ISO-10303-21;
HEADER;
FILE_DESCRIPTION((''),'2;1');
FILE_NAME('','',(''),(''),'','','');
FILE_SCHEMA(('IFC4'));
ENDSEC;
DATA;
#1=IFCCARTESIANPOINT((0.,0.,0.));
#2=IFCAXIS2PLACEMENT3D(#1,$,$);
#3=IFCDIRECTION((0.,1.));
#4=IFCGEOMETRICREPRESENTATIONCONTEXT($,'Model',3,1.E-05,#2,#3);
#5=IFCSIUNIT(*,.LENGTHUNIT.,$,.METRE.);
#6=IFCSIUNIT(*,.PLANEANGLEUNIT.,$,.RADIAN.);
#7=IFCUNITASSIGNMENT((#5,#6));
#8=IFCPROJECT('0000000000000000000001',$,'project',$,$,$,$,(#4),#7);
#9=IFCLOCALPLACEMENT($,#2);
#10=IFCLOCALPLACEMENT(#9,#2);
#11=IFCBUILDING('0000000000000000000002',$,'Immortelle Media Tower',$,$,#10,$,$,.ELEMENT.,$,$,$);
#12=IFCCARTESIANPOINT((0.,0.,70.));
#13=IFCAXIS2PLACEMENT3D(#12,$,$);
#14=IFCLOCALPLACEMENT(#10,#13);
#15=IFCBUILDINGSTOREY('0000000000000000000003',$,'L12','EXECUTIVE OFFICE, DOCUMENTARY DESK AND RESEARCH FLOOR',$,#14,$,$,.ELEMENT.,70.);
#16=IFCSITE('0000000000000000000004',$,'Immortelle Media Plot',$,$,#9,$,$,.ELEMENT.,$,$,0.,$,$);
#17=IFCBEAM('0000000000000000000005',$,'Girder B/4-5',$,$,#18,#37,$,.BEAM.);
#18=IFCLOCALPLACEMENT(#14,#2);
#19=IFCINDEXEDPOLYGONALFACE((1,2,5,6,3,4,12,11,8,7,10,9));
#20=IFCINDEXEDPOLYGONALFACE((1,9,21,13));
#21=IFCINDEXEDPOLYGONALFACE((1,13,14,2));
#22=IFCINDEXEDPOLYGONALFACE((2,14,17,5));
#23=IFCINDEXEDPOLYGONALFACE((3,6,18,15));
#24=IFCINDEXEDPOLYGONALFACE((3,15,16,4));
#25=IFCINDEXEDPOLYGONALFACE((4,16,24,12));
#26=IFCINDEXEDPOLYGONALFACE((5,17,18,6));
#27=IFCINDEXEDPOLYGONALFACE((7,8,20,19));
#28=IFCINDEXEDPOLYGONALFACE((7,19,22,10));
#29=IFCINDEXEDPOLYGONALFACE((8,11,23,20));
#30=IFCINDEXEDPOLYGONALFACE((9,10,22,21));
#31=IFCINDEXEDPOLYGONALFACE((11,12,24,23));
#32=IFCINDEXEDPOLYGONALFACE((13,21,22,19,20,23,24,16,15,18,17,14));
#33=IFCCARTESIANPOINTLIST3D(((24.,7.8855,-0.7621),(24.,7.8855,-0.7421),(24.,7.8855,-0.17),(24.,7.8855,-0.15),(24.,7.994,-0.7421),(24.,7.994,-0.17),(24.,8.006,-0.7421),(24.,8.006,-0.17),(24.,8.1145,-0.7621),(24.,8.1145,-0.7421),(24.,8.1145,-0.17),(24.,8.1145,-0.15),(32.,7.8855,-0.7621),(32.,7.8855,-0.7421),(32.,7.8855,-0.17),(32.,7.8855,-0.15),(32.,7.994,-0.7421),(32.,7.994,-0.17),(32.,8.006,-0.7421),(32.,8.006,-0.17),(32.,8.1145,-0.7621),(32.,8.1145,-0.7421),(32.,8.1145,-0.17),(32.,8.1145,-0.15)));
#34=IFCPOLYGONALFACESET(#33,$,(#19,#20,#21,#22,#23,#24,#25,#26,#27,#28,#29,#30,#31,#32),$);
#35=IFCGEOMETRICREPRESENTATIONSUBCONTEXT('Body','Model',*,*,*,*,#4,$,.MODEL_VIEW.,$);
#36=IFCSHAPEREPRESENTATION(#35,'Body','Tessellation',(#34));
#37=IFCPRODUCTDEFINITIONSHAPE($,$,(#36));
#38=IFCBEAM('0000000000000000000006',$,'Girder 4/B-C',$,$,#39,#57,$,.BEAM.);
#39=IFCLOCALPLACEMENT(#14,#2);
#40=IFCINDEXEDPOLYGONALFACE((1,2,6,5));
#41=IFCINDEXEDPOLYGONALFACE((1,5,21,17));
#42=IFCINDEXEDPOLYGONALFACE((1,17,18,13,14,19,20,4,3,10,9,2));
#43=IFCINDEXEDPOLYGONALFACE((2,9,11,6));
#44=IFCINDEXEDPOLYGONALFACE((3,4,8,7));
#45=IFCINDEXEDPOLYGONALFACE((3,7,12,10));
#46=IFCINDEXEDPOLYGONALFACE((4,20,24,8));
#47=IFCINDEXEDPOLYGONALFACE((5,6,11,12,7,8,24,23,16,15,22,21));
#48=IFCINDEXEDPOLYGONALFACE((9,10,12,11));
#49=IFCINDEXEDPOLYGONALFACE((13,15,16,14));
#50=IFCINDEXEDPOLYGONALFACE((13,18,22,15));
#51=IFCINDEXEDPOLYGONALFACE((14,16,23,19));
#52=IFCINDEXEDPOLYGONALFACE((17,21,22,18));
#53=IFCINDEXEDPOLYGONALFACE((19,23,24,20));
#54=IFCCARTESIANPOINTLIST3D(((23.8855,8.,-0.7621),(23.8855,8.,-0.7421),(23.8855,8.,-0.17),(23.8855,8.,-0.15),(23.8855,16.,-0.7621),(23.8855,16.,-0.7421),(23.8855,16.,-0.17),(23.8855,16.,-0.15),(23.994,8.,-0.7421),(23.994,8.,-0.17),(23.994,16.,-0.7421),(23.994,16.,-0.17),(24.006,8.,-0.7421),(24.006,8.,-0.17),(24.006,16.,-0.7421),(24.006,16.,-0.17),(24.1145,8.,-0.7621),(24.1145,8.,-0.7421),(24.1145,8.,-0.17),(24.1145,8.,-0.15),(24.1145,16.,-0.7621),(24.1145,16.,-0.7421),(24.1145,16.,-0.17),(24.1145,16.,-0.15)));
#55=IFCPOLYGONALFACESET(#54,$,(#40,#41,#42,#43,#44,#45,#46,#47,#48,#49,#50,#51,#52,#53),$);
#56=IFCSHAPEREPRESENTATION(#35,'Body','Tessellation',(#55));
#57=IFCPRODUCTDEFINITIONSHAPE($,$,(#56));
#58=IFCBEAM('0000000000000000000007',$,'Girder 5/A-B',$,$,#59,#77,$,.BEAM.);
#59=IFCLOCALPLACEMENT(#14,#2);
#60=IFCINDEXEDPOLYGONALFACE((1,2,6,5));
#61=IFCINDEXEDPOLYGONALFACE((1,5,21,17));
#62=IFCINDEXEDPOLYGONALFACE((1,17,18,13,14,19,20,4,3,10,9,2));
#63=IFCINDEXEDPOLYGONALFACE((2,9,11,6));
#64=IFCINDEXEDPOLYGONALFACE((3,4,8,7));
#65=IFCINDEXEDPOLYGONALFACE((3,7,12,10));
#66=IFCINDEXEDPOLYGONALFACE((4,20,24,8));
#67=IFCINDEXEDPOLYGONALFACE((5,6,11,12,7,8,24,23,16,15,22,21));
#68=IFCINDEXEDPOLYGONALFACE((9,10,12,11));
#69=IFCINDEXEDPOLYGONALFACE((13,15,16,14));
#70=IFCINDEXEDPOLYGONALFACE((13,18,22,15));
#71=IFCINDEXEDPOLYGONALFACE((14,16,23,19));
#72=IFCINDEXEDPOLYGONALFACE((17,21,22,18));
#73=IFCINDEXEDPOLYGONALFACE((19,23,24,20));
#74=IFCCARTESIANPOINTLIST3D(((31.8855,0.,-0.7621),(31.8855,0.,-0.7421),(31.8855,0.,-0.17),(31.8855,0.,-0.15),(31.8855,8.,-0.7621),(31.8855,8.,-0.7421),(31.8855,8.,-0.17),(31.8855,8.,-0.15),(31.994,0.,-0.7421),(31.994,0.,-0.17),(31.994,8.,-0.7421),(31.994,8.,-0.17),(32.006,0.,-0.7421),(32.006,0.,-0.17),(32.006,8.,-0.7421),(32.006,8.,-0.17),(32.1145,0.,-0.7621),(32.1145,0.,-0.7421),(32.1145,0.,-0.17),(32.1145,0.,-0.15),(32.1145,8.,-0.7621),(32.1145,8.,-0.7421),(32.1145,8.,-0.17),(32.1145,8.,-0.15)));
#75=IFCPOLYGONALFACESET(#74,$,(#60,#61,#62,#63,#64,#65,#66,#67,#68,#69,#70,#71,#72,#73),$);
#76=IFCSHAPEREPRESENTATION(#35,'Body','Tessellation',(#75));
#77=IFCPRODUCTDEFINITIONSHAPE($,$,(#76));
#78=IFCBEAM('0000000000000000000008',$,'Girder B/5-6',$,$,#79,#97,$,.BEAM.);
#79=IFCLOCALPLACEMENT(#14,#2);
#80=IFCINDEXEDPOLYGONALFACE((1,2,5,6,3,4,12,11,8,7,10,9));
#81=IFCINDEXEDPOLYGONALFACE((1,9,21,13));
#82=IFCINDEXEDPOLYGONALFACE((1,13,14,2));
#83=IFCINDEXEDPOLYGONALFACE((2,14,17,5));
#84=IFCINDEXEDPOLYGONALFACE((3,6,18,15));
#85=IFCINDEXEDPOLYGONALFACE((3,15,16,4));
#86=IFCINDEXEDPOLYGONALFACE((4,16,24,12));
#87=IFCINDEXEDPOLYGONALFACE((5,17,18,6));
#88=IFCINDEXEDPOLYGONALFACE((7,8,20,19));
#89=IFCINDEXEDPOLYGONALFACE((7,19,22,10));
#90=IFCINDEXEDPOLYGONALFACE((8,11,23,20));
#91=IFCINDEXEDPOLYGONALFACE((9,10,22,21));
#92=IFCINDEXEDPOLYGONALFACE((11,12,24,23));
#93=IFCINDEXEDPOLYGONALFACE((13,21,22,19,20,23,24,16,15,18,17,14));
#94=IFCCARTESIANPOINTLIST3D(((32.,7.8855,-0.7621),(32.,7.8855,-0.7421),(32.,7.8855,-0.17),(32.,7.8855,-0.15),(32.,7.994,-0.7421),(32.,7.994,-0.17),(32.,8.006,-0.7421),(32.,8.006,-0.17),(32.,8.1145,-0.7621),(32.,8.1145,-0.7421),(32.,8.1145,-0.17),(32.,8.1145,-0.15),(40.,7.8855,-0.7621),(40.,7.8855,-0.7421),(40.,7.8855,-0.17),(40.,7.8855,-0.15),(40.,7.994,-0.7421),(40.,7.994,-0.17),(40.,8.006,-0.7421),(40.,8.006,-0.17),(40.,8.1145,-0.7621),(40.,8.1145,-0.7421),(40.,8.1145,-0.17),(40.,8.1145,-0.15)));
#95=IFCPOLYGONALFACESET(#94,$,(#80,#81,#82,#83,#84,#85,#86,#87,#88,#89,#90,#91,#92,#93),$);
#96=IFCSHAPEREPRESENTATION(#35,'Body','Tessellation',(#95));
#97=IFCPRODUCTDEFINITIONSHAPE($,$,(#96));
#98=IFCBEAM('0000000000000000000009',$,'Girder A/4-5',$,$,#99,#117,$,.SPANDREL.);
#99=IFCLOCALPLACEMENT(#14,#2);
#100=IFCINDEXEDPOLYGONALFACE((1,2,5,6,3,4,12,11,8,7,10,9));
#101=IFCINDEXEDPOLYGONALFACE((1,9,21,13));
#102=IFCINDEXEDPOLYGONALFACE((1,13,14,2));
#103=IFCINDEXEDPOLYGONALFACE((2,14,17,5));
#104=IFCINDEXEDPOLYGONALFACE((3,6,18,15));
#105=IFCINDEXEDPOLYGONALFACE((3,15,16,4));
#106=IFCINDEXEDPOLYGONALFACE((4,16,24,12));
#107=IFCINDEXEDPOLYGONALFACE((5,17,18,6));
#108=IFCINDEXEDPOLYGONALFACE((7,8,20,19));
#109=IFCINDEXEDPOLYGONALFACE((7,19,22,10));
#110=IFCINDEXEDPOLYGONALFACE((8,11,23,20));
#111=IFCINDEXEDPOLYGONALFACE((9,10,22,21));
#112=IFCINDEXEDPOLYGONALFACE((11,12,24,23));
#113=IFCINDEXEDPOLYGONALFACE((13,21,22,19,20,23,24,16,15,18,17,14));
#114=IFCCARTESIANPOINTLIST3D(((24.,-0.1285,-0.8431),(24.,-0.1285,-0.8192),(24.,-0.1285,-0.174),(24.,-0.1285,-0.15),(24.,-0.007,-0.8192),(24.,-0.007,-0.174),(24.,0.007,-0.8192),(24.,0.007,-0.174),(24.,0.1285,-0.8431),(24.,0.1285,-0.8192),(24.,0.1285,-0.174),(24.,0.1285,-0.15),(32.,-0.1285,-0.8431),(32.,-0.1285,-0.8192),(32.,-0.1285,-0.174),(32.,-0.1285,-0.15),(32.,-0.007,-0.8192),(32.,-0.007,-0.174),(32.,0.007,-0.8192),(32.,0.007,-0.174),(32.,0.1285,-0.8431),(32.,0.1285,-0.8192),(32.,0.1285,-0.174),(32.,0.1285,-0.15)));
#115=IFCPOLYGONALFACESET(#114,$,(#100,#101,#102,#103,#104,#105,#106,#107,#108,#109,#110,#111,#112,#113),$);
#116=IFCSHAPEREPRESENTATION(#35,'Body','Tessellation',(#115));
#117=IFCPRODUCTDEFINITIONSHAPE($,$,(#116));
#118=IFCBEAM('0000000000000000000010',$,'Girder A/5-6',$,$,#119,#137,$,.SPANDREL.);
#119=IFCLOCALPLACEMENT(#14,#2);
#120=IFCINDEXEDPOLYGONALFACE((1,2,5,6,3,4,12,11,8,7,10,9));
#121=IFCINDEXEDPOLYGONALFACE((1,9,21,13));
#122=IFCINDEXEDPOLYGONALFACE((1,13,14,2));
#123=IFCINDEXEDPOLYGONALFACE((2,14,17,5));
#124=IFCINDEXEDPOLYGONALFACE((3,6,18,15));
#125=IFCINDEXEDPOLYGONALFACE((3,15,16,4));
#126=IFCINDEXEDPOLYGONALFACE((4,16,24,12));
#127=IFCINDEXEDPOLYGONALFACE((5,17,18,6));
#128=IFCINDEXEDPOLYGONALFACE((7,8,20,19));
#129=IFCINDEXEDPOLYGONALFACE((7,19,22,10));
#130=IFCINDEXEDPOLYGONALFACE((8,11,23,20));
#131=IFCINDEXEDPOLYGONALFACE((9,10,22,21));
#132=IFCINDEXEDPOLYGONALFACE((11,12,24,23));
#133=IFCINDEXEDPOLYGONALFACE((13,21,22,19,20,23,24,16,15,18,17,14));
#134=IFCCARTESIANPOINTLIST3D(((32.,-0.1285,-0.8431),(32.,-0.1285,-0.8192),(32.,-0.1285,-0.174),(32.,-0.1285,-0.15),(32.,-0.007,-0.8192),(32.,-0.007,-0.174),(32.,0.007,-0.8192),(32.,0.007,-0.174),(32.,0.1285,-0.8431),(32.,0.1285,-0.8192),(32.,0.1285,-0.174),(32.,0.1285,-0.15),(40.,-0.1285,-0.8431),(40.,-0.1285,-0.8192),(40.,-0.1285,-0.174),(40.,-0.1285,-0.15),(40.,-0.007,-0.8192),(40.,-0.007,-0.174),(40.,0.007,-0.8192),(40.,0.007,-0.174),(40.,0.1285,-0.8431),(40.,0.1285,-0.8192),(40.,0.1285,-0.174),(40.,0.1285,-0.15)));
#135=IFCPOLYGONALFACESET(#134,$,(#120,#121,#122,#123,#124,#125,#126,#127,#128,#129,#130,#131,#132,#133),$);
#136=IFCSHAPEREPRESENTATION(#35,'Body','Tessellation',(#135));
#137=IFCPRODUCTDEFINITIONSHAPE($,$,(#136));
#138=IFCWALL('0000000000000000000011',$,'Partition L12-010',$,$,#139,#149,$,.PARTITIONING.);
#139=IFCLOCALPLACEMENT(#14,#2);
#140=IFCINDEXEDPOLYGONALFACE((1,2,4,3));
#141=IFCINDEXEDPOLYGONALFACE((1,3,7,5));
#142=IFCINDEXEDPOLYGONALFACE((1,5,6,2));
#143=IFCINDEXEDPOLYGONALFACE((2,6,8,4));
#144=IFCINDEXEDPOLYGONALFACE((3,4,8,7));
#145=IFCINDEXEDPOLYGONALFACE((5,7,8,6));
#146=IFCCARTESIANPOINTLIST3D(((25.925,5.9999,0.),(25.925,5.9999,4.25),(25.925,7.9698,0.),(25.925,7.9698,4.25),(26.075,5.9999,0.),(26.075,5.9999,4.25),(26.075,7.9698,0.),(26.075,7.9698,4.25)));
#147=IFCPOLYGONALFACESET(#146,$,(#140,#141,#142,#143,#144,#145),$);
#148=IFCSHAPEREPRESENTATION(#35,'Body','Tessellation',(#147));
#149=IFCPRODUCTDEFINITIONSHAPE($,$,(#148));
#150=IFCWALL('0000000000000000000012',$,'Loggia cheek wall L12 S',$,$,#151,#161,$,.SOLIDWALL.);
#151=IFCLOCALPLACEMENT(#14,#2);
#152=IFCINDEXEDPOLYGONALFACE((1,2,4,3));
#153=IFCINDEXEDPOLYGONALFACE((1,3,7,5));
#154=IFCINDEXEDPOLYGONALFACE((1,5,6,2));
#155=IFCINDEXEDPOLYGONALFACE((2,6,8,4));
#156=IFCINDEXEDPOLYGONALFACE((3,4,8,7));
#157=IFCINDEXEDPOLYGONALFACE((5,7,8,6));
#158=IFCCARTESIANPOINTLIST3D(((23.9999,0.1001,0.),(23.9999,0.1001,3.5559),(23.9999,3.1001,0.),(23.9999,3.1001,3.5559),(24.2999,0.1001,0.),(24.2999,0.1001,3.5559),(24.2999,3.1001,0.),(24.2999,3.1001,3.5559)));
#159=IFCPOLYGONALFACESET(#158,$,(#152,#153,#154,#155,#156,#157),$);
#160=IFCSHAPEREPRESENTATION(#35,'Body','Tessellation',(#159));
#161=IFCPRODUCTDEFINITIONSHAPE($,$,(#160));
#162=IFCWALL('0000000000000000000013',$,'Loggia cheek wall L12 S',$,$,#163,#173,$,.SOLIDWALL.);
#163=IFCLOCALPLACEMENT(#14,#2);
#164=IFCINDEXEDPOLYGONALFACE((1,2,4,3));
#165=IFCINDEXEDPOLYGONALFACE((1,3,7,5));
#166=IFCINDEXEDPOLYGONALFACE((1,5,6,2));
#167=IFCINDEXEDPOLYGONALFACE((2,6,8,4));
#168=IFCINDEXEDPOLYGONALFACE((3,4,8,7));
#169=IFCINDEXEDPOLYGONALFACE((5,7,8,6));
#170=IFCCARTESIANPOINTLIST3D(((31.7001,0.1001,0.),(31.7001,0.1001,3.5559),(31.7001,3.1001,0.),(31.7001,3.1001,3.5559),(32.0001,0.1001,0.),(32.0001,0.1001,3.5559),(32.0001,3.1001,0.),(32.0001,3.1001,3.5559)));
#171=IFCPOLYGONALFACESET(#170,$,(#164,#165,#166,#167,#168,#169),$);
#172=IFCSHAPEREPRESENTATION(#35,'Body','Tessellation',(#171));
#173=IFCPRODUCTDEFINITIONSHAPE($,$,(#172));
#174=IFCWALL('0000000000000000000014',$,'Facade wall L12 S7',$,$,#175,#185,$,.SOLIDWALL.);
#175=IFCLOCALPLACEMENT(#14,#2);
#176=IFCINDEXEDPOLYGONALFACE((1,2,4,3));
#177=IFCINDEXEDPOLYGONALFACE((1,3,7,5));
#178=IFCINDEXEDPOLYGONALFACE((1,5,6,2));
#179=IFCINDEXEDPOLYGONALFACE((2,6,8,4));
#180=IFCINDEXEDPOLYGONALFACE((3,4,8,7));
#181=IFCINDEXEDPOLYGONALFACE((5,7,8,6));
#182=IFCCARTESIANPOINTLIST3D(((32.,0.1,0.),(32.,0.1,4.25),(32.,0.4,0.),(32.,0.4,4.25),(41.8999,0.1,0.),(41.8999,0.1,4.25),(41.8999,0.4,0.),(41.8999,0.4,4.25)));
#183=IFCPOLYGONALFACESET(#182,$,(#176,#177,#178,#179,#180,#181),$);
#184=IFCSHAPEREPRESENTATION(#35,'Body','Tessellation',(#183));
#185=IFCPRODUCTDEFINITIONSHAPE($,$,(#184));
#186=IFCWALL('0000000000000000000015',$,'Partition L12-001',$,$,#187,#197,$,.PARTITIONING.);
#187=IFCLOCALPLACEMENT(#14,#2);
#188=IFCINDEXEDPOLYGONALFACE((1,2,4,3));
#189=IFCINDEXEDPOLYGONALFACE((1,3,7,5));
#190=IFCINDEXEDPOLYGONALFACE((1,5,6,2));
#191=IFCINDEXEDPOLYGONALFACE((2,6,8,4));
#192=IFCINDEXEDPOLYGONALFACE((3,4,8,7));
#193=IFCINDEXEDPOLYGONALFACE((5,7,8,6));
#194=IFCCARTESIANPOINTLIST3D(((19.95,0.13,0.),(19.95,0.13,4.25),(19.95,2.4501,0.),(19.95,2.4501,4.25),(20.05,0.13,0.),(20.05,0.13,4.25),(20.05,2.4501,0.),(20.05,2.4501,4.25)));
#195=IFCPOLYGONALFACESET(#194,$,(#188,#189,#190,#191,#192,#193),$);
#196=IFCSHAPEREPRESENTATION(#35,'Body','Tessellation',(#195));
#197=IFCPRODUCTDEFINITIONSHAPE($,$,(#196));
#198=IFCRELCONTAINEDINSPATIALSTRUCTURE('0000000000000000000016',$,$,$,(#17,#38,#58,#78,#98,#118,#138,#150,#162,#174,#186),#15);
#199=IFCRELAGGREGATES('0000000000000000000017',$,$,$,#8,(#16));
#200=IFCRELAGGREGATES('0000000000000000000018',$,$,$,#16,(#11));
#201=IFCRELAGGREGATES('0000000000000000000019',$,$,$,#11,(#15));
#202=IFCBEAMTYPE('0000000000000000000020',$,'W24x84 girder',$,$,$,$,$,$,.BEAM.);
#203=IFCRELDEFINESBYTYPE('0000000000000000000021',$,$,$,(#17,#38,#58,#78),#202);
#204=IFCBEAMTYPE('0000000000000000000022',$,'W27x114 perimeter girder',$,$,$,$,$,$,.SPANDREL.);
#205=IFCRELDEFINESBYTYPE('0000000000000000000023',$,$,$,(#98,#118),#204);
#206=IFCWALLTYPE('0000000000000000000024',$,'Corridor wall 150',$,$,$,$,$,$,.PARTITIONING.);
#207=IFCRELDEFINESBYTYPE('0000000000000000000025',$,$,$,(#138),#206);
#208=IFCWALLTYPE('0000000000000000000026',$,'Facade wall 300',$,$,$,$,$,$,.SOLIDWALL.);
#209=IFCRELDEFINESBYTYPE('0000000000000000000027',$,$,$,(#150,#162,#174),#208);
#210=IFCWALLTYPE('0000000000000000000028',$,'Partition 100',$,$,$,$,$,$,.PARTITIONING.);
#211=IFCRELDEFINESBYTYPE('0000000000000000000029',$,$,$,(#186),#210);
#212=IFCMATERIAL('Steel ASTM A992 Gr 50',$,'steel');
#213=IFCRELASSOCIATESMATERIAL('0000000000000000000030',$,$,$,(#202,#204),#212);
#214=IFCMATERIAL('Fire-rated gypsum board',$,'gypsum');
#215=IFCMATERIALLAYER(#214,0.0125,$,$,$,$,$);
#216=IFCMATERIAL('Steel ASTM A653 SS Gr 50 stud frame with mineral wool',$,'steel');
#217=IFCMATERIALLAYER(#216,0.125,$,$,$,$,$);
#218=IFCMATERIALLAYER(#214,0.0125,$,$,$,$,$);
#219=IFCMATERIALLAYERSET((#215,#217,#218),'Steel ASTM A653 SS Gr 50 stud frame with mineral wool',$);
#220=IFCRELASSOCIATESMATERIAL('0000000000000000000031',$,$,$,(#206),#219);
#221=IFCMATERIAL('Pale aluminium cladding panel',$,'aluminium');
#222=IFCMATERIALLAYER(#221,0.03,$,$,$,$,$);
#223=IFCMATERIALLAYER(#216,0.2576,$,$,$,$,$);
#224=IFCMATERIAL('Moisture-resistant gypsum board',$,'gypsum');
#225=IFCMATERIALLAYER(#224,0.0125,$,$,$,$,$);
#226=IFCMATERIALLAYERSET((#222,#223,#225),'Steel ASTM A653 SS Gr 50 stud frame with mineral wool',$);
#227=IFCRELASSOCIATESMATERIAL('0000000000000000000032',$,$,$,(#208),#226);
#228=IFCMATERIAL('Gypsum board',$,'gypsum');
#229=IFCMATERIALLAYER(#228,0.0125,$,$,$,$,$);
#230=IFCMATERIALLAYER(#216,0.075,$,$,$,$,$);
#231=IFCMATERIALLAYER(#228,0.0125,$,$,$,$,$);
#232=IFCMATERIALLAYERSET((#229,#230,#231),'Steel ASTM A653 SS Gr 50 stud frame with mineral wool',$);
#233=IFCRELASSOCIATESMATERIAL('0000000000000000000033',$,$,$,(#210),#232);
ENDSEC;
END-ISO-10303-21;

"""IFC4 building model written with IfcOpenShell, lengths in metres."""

from ifc_helpers import new_model, si_unit, direction, frame, frame_2d, origin, origin_2d, place, context, subcontext, project, spatial, rectangle, i_section, extrude, material, layer, layer_set, material_profile, profile_set, type_object, element, save


model = new_model("IFC4")

# Units and contexts
model_context = context("Model", 3, precision=1e-05, world=origin(), true_north=direction((0.0, 1.0)))
body_context = subcontext(model_context, "Body", "Model", "MODEL_VIEW")
ifc_project = project(units=[si_unit("LENGTHUNIT", "METRE"), si_unit("PLANEANGLEUNIT", "RADIAN")], contexts=[model_context])

# Site, building, storey
site_placement = place(None, origin())
site = spatial("IfcSite", under=ifc_project, at=site_placement, Name="Immortelle Media Plot", CompositionType="ELEMENT", RefElevation=0.0)
building_placement = place(site_placement, origin())
building = spatial("IfcBuilding", under=site, at=building_placement, Name="Immortelle Media Tower", CompositionType="ELEMENT")
storey_placement = place(building_placement, frame((0.0, 0.0, 70.0)))
storey = spatial("IfcBuildingStorey", under=building, at=storey_placement, Name="L12", Description="EXECUTIVE OFFICE, DOCUMENTARY DESK AND RESEARCH FLOOR", CompositionType="ELEMENT", Elevation=70.0)

# Shared definitions
ifc_material_1 = material(Name="Steel ASTM A992 Gr 50", Category="steel")

# Beams
ifc_material_profile_1 = material_profile(ifc_material_1, i_section(OverallWidth=0.229, OverallDepth=0.6121, WebThickness=0.012, FlangeThickness=0.02, at=origin_2d()), Name="W24x84")
ifc_profile_set_1 = profile_set([ifc_material_profile_1], Name="Steel ASTM A992 Gr 50")
beam_type_1 = type_object("IfcBeamType", Name="W24x84 girder", PredefinedType="BEAM", material=ifc_profile_set_1)
for number, where, z_axis, x_axis, name in (
    (1, (24.0, 8.0, -0.4561), (1.0, 0.0, 0.0), (0.0, 1.0, 0.0), "Girder B/4-5"),
    (2, (24.0, 8.0, -0.4561), (0.0, 1.0, 0.0), (-1.0, 0.0, 0.0), "Girder 4/B-C"),
    (3, (32.0, 0.0, -0.4561), (0.0, 1.0, 0.0), (-1.0, 0.0, 0.0), "Girder 5/A-B"),
    (4, (32.0, 8.0, -0.4561), (1.0, 0.0, 0.0), (0.0, 1.0, 0.0), "Girder B/5-6"),
):
    element("IfcBeam", number, at=place(storey_placement, frame(where, z_axis=z_axis, x_axis=x_axis)), inside=storey, type_object=beam_type_1, Name=name, PredefinedType="BEAM", context=body_context, shape_type="SweptSolid", body=[
        extrude(i_section(OverallWidth=0.229, OverallDepth=0.6121, WebThickness=0.012, FlangeThickness=0.02, at=origin_2d()), origin(), (0.0, 0.0, 1.0), 8.0),
    ])
ifc_material_profile_2 = material_profile(ifc_material_1, i_section(OverallWidth=0.2571, OverallDepth=0.6931, WebThickness=0.0139, FlangeThickness=0.0239, at=origin_2d()), Name="W27x114")
ifc_profile_set_2 = profile_set([ifc_material_profile_2], Name="Steel ASTM A992 Gr 50")
beam_type_2 = type_object("IfcBeamType", Name="W27x114 perimeter girder", PredefinedType="SPANDREL", material=ifc_profile_set_2)
for number, where, z_axis, x_axis, name in (
    (5, (24.0, 0.0, -0.4966), (1.0, 0.0, 0.0), (0.0, 1.0, 0.0), "Girder A/4-5"),
    (6, (32.0, 0.0, -0.4966), (1.0, 0.0, 0.0), (0.0, 1.0, 0.0), "Girder A/5-6"),
):
    element("IfcBeam", number, at=place(storey_placement, frame(where, z_axis=z_axis, x_axis=x_axis)), inside=storey, type_object=beam_type_2, Name=name, PredefinedType="SPANDREL", context=body_context, shape_type="SweptSolid", body=[
        extrude(i_section(OverallWidth=0.2571, OverallDepth=0.6931, WebThickness=0.0139, FlangeThickness=0.0239, at=origin_2d()), origin(), (0.0, 0.0, 1.0), 8.0),
    ])

# Wall
ifc_material_2 = material(Name="Fire-rated gypsum board", Category="gypsum")
ifc_layer_1 = layer(ifc_material_2, 0.0125)
ifc_material_3 = material(Name="Steel ASTM A653 SS Gr 50 stud frame with mineral wool", Category="steel")
ifc_layer_2 = layer(ifc_material_3, 0.125)
ifc_layer_3 = layer(ifc_material_2, 0.0125)
ifc_layer_set_1 = layer_set([ifc_layer_1, ifc_layer_2, ifc_layer_3], Name="Steel ASTM A653 SS Gr 50 stud frame with mineral wool")
wall_type_1 = type_object("IfcWallType", Name="Corridor wall 150", PredefinedType="PARTITIONING", material=ifc_layer_set_1)
wall_1_placement = place(storey_placement, frame((26.0, 6.0, 0.0), z_axis=(0.0, 0.0, 1.0), x_axis=(0.0, 1.0, 0.0)))
element("IfcWall", 7, at=wall_1_placement, inside=storey, type_object=wall_type_1, Name="Partition L12-010", PredefinedType="PARTITIONING", context=body_context, shape_type="SweptSolid", body=[
    extrude(rectangle(XDim=1.97, YDim=0.1499, at=frame_2d((0.9849, 0.0))), origin(), (0.0, 0.0, 1.0), 4.25),
])

# Shared definitions
ifc_material_4 = material(Name="Pale aluminium cladding panel", Category="aluminium")
ifc_layer_4 = layer(ifc_material_4, 0.03)
ifc_layer_5 = layer(ifc_material_3, 0.2576)
ifc_material_5 = material(Name="Moisture-resistant gypsum board", Category="gypsum")
ifc_layer_6 = layer(ifc_material_5, 0.0125)
ifc_layer_set_2 = layer_set([ifc_layer_4, ifc_layer_5, ifc_layer_6], Name="Steel ASTM A653 SS Gr 50 stud frame with mineral wool")
wall_type_2 = type_object("IfcWallType", Name="Facade wall 300", PredefinedType="SOLIDWALL", material=ifc_layer_set_2)

# Walls
for number, where, z_axis, x_axis, name in (
    (8, (24.1499, 0.1001, 0.0), (0.0, 0.0, 1.0), (0.0, 1.0, 0.0), "Loggia cheek wall L12 S"),
    (9, (31.8501, 0.1001, 0.0), (0.0, 0.0, 1.0), (0.0, 1.0, 0.0), "Loggia cheek wall L12 S"),
):
    element("IfcWall", number, at=place(storey_placement, frame(where, z_axis=z_axis, x_axis=x_axis)), inside=storey, type_object=wall_type_2, Name=name, PredefinedType="SOLIDWALL", context=body_context, shape_type="SweptSolid", body=[
        extrude(rectangle(XDim=3.0, YDim=0.3, at=frame_2d((1.5, 0.0))), origin(), (0.0, 0.0, 1.0), 3.5559),
    ])
wall_2_placement = place(storey_placement, frame((32.0, 0.25, 0.0), z_axis=(0.0, 0.0, 1.0), x_axis=(1.0, 0.0, 0.0)))
element("IfcWall", 10, at=wall_2_placement, inside=storey, type_object=wall_type_2, Name="Facade wall L12 S7", PredefinedType="SOLIDWALL", context=body_context, shape_type="SweptSolid", body=[
    extrude(rectangle(XDim=9.8999, YDim=0.3, at=frame_2d((4.95, 0.0))), origin(), (0.0, 0.0, 1.0), 4.25),
])
ifc_material_6 = material(Name="Gypsum board", Category="gypsum")
ifc_layer_7 = layer(ifc_material_6, 0.0125)
ifc_layer_8 = layer(ifc_material_3, 0.075)
ifc_layer_9 = layer(ifc_material_6, 0.0125)
ifc_layer_set_3 = layer_set([ifc_layer_7, ifc_layer_8, ifc_layer_9], Name="Steel ASTM A653 SS Gr 50 stud frame with mineral wool")
wall_type_3 = type_object("IfcWallType", Name="Partition 100", PredefinedType="PARTITIONING", material=ifc_layer_set_3)
wall_3_placement = place(storey_placement, frame((20.0, 0.1299, 0.0), z_axis=(0.0, 0.0, 1.0), x_axis=(0.0, 1.0, 0.0)))
element("IfcWall", 11, at=wall_3_placement, inside=storey, type_object=wall_type_3, Name="Partition L12-001", PredefinedType="PARTITIONING", context=body_context, shape_type="SweptSolid", body=[
    extrude(rectangle(XDim=2.3201, YDim=0.1001, at=frame_2d((1.1602, 0.0))), origin(), (0.0, 0.0, 1.0), 4.25),
])

save(model, "model.ifc")
